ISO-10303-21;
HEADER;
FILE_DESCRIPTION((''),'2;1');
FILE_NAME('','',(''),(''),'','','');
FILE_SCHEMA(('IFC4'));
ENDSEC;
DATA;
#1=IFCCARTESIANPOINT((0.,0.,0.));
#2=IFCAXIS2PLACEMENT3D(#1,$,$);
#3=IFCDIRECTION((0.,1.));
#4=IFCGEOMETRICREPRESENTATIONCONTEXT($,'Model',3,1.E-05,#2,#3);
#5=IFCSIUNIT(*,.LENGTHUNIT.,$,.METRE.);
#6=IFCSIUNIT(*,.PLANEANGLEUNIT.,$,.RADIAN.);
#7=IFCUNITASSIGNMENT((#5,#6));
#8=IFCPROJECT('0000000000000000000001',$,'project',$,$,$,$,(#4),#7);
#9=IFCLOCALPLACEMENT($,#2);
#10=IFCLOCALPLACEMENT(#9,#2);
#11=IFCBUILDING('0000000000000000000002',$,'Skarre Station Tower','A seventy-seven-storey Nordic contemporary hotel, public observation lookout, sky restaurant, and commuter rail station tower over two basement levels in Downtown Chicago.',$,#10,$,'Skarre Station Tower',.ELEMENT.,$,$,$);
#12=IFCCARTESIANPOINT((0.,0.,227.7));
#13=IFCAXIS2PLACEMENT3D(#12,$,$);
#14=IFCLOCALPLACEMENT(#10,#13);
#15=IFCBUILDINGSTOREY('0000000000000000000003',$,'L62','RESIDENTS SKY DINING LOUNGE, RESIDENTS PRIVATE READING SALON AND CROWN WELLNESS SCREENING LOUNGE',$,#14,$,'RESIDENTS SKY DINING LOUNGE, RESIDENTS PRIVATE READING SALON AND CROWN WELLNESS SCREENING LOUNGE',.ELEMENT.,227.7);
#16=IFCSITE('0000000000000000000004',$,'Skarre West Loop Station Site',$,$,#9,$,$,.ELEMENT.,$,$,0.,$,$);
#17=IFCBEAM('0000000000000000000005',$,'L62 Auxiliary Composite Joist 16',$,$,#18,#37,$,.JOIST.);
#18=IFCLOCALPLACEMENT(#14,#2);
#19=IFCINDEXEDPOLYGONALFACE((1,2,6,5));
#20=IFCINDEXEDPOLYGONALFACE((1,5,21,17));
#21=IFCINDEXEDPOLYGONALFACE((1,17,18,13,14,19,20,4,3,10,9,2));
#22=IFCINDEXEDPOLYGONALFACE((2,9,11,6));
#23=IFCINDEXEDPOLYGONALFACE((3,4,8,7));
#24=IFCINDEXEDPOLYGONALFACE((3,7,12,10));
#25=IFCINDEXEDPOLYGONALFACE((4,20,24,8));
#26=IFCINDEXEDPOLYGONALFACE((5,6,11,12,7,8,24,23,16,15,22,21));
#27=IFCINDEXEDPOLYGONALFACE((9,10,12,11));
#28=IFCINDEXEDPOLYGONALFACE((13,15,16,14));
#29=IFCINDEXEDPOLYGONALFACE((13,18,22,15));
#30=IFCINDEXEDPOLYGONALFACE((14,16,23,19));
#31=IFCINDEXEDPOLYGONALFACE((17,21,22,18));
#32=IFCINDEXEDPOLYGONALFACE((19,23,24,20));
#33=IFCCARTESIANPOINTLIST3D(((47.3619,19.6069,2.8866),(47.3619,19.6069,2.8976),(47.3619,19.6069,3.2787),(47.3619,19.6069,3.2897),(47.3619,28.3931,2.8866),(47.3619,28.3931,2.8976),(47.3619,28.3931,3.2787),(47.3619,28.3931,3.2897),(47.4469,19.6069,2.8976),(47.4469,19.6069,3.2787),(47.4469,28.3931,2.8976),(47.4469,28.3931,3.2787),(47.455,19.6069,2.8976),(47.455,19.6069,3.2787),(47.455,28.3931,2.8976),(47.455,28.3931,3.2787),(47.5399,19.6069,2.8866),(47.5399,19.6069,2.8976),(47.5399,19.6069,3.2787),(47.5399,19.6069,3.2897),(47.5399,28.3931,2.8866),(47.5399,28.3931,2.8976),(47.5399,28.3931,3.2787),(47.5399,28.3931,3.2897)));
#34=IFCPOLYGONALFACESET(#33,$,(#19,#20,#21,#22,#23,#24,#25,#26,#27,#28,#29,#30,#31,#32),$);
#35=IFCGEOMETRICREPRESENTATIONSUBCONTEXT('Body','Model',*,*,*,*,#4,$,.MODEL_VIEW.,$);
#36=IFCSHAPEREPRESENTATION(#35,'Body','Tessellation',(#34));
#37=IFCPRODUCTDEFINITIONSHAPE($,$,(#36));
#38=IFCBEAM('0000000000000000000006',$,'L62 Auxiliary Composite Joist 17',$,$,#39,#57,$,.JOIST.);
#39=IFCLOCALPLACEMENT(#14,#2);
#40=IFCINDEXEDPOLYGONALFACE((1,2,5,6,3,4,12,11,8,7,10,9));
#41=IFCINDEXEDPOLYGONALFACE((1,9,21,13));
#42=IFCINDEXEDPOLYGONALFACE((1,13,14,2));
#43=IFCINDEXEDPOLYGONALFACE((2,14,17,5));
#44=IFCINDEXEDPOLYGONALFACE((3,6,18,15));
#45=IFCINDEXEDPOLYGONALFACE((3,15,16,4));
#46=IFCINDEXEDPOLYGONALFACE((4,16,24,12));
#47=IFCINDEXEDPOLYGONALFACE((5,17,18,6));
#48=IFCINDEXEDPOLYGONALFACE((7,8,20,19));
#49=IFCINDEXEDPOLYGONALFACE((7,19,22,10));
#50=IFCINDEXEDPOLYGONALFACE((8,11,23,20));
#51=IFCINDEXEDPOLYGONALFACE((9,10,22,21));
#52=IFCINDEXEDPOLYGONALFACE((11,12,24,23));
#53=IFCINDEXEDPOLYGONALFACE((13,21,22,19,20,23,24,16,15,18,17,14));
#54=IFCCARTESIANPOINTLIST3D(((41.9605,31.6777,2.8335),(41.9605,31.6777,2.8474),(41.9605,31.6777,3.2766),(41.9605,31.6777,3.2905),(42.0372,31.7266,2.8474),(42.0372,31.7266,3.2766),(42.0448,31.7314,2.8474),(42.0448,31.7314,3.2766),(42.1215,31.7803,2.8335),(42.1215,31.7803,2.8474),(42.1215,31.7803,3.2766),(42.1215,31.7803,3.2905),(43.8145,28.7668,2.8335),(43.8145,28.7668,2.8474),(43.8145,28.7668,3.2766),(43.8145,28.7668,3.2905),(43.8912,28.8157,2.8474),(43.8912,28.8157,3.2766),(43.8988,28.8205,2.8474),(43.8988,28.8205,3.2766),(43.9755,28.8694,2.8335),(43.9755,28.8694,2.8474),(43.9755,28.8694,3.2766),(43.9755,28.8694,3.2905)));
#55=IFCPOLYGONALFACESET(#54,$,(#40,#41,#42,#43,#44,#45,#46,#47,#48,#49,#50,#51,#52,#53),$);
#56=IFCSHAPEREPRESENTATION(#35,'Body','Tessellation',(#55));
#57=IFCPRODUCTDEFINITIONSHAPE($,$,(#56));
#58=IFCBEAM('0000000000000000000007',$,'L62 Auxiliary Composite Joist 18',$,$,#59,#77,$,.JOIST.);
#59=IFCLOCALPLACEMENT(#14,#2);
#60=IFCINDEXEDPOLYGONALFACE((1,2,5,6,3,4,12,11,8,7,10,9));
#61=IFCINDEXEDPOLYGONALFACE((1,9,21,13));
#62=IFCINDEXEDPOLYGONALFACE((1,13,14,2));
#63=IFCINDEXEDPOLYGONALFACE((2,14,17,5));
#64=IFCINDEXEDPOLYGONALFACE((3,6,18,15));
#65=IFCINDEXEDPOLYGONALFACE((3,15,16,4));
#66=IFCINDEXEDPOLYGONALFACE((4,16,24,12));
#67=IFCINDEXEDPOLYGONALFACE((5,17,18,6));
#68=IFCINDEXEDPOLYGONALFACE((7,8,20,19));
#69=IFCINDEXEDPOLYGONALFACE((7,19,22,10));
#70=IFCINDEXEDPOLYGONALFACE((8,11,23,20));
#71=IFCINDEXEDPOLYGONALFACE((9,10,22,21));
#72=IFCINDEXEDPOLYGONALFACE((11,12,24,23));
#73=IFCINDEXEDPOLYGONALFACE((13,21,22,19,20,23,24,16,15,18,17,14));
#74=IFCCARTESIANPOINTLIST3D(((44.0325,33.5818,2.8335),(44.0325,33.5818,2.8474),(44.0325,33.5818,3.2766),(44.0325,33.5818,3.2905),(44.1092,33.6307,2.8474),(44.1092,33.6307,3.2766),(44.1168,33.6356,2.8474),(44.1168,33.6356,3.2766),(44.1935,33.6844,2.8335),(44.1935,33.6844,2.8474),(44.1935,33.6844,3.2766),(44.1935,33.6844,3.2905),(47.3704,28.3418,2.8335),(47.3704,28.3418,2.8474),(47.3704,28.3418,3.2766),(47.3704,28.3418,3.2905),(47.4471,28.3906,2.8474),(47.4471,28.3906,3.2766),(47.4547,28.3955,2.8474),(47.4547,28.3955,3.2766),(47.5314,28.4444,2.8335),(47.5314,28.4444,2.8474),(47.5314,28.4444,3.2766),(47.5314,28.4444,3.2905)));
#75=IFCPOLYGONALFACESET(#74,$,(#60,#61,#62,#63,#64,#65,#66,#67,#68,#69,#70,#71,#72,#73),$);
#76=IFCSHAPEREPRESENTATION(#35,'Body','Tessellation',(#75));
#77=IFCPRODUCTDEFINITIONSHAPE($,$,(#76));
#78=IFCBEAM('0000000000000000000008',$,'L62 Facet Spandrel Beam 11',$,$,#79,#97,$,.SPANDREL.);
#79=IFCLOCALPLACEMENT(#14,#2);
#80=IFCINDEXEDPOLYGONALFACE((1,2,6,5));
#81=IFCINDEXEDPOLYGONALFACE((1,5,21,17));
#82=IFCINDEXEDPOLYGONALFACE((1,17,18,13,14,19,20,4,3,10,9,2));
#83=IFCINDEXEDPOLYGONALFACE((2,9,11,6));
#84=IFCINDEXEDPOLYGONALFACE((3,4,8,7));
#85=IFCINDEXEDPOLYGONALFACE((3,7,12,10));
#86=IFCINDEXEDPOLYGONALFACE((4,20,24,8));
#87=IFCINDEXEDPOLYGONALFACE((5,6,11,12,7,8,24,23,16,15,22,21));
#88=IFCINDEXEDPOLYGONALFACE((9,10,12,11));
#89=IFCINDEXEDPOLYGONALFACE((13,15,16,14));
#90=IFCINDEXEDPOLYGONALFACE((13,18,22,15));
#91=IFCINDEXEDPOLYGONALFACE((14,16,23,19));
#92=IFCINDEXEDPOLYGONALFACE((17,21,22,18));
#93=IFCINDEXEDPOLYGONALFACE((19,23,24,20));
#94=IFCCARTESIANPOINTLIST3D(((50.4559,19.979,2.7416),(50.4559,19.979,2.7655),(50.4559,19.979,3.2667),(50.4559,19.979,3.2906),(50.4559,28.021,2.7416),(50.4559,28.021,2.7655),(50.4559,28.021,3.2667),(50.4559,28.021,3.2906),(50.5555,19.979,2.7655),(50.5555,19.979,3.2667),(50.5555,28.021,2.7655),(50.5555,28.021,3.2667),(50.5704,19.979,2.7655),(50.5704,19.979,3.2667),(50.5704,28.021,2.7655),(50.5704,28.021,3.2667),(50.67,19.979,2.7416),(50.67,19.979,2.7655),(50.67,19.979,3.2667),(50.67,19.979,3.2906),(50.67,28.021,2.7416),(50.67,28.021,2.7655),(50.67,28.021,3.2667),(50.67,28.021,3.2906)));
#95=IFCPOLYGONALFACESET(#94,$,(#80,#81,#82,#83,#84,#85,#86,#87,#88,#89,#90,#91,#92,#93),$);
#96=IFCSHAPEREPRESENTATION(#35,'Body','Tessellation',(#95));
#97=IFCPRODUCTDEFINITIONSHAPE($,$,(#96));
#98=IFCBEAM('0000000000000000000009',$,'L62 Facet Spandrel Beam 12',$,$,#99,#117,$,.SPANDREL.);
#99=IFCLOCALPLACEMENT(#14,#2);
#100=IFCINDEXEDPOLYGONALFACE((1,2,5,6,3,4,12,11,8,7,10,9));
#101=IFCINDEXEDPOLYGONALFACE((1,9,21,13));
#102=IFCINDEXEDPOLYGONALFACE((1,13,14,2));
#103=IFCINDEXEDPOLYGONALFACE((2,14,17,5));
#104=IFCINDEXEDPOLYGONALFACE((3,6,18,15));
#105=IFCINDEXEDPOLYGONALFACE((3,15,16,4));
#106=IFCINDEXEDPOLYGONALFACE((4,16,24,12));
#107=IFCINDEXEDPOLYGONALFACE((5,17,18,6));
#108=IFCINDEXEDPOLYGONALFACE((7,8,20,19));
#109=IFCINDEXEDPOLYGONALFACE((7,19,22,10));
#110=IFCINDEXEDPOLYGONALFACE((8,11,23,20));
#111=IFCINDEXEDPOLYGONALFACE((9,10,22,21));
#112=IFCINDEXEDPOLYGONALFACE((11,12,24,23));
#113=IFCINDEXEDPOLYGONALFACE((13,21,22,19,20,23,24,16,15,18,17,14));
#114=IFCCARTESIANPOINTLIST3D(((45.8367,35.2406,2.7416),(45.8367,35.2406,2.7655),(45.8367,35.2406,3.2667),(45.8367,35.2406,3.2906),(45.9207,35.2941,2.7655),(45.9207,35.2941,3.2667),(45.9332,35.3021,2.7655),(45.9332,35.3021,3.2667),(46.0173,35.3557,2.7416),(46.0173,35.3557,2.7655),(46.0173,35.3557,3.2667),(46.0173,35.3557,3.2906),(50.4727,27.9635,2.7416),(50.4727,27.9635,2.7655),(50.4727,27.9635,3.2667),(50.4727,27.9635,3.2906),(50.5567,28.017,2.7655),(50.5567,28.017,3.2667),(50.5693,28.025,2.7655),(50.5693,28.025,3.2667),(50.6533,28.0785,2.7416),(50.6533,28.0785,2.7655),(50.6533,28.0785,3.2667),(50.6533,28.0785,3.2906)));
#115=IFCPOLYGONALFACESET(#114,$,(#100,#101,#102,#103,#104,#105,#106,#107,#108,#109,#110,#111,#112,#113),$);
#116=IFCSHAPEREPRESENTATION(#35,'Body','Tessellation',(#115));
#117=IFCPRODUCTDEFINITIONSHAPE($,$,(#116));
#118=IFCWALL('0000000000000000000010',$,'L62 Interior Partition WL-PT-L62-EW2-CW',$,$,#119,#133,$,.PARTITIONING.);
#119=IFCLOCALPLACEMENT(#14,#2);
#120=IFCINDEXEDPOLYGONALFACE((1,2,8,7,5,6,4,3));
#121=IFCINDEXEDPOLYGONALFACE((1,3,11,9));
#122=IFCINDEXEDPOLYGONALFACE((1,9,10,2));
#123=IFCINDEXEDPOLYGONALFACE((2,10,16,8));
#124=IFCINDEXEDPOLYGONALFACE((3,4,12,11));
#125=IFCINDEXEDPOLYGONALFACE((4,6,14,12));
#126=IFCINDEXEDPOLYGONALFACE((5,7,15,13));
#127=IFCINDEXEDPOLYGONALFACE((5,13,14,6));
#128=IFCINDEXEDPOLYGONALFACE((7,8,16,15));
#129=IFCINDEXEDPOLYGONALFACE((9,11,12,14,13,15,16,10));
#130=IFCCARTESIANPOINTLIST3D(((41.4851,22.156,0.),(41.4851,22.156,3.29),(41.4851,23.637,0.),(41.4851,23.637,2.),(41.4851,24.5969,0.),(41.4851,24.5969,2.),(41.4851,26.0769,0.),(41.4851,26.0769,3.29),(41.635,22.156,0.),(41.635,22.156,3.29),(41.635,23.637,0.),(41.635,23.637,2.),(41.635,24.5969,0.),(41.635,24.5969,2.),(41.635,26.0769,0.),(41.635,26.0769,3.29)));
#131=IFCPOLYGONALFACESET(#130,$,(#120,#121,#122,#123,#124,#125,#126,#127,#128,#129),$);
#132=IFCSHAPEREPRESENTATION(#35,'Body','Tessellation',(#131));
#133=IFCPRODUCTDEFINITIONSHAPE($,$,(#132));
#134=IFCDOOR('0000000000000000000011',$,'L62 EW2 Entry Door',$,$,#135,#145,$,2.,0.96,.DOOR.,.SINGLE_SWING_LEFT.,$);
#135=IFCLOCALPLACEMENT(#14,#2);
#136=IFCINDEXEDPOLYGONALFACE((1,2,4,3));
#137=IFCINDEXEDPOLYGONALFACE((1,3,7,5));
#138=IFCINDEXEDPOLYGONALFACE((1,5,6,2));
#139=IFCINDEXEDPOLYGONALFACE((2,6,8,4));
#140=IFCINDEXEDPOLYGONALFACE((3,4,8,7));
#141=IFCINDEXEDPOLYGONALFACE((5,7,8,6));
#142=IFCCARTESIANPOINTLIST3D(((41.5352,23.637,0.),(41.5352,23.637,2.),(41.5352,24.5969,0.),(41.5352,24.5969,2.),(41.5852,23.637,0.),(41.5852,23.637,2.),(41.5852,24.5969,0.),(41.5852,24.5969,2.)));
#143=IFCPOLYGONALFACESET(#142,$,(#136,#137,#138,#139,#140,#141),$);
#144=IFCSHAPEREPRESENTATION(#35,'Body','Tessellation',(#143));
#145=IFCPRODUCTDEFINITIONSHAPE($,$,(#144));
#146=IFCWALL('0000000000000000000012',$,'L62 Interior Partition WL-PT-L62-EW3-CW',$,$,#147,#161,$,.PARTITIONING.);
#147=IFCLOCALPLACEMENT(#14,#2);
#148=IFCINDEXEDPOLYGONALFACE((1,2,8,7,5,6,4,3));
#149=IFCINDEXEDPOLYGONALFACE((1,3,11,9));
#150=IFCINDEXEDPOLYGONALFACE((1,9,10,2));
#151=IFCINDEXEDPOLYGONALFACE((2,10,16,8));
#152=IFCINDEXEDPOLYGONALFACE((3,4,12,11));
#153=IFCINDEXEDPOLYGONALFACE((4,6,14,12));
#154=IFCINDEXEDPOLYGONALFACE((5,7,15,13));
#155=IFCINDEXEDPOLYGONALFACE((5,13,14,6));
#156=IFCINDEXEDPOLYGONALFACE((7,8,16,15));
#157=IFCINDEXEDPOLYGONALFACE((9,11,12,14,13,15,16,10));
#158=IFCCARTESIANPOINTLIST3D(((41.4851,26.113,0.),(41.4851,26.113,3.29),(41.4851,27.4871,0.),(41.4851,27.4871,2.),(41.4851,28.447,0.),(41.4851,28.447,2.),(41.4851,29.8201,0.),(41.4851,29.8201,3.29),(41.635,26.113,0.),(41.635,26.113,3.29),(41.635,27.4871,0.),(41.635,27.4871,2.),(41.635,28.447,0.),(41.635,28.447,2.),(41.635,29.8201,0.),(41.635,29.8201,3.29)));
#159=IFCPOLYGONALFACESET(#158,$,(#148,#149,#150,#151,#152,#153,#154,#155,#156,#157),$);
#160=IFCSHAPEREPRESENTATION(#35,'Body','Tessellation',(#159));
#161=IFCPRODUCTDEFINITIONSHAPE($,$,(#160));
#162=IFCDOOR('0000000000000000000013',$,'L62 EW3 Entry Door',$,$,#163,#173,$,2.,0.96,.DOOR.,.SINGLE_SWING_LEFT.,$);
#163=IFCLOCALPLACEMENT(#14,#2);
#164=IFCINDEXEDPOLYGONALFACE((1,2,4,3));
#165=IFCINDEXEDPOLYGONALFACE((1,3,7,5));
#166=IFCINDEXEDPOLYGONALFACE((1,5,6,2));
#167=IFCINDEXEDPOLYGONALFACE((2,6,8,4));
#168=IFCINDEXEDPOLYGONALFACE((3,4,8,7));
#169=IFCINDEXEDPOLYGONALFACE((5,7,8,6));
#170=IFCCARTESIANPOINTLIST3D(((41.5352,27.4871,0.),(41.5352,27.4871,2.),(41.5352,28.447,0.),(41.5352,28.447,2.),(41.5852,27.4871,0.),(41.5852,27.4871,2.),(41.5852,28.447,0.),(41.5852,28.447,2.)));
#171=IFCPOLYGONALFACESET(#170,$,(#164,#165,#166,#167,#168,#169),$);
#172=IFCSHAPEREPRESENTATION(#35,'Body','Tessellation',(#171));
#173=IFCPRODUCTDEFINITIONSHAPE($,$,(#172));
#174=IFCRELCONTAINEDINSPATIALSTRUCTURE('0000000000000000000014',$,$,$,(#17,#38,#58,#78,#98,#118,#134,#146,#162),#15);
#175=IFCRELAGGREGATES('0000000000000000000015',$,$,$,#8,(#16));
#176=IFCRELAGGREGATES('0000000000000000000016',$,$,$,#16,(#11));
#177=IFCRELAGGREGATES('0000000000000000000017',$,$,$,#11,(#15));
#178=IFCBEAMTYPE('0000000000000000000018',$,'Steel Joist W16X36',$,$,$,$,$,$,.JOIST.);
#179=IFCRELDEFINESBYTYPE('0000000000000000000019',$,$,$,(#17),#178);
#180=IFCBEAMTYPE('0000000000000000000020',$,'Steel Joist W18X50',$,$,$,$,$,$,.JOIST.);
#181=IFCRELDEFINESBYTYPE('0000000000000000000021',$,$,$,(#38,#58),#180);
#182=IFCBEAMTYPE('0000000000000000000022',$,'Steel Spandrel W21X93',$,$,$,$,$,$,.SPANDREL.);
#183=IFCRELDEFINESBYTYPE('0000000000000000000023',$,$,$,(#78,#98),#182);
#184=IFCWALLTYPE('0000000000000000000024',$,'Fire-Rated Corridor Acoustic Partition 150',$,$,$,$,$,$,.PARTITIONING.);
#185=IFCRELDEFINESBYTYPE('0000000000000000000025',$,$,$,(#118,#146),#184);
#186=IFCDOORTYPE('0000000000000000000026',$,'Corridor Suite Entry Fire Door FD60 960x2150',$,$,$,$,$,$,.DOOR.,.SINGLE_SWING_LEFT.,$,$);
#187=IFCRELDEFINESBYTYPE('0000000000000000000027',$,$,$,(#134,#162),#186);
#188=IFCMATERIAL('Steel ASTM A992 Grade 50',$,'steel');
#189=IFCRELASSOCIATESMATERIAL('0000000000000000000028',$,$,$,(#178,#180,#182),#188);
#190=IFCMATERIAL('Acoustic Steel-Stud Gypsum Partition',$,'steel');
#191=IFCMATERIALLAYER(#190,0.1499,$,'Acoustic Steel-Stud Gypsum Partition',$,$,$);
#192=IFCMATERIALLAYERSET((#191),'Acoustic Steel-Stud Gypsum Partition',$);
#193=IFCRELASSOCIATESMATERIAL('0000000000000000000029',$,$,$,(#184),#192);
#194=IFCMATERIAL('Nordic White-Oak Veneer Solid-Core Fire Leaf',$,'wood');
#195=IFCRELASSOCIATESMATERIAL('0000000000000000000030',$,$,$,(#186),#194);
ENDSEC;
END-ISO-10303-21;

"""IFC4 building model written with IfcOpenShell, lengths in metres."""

from ifc_helpers import new_model, si_unit, direction, frame, frame_2d, origin, origin_2d, place, context, subcontext, project, spatial, rectangle, i_section, extrude, material, layer, layer_set, material_profile, profile_set, type_object, element, fill, save


model = new_model("IFC4")

# Units and contexts
model_context = context("Model", 3, precision=1e-05, world=origin(), true_north=direction((0.0, 1.0)))
body_context = subcontext(model_context, "Body", "Model", "MODEL_VIEW")
ifc_project = project(units=[si_unit("LENGTHUNIT", "METRE"), si_unit("PLANEANGLEUNIT", "RADIAN")], contexts=[model_context])

# Site, building, storey
site_placement = place(None, origin())
site = spatial("IfcSite", under=ifc_project, at=site_placement, Name="Skarre West Loop Station Site", CompositionType="ELEMENT", RefElevation=0.0)
building_placement = place(site_placement, origin())
building = spatial("IfcBuilding", under=site, at=building_placement, Name="Skarre Station Tower", Description="A seventy-seven-storey Nordic contemporary hotel, public observation lookout, sky restaurant, and commuter rail station tower over two basement levels in Downtown Chicago.", LongName="Skarre Station Tower", CompositionType="ELEMENT")
storey_placement = place(building_placement, frame((0.0, 0.0, 227.7)))
storey = spatial("IfcBuildingStorey", under=building, at=storey_placement, Name="L62", Description="RESIDENTS SKY DINING LOUNGE, RESIDENTS PRIVATE READING SALON AND CROWN WELLNESS SCREENING LOUNGE", LongName="RESIDENTS SKY DINING LOUNGE, RESIDENTS PRIVATE READING SALON AND CROWN WELLNESS SCREENING LOUNGE", CompositionType="ELEMENT", Elevation=227.7)

# Beams
ifc_material_1 = material(Name="Steel ASTM A992 Grade 50", Category="steel")
ifc_material_profile_1 = material_profile(ifc_material_1, i_section(OverallWidth=0.178, OverallDepth=0.4031, WebThickness=0.0081, FlangeThickness=0.011, at=origin_2d()), Name="Steel ASTM A992 Grade 50")
ifc_profile_set_1 = profile_set([ifc_material_profile_1], Name="Steel ASTM A992 Grade 50")
beam_type_1 = type_object("IfcBeamType", Name="Steel Joist W16X36", PredefinedType="JOIST", material=ifc_profile_set_1)
beam_1_placement = place(storey_placement, frame((47.4509, 19.6069, 3.0881), z_axis=(0.0, 1.0, 0.0), x_axis=(-1.0, 0.0, 0.0)))
element("IfcBeam", 1, at=beam_1_placement, inside=storey, type_object=beam_type_1, Name="L62 Auxiliary Composite Joist 16", PredefinedType="JOIST", context=body_context, shape_type="SweptSolid", body=[
    extrude(i_section(OverallWidth=0.178, OverallDepth=0.4031, WebThickness=0.0081, FlangeThickness=0.011, at=origin_2d()), origin(), (0.0, 0.0, 1.0), 8.7861),
])
ifc_material_profile_2 = material_profile(ifc_material_1, i_section(OverallWidth=0.1909, OverallDepth=0.457, WebThickness=0.009, FlangeThickness=0.0139, at=origin_2d()), Name="Steel ASTM A992 Grade 50")
ifc_profile_set_2 = profile_set([ifc_material_profile_2], Name="Steel ASTM A992 Grade 50")
beam_type_2 = type_object("IfcBeamType", Name="Steel Joist W18X50", PredefinedType="JOIST", material=ifc_profile_set_2)
beam_2_placement = place(storey_placement, frame((43.895, 28.8181, 3.062), z_axis=(-0.53721, 0.843449, 0.0), x_axis=(-0.843449, -0.53721, 0.0)))
element("IfcBeam", 2, at=beam_2_placement, inside=storey, type_object=beam_type_2, Name="L62 Auxiliary Composite Joist 17", PredefinedType="JOIST", context=body_context, shape_type="SweptSolid", body=[
    extrude(i_section(OverallWidth=0.1909, OverallDepth=0.457, WebThickness=0.009, FlangeThickness=0.0139, at=origin_2d()), origin(), (0.0, 0.0, 1.0), 3.4512),
])
beam_3_placement = place(storey_placement, frame((47.4509, 28.3931, 3.062), z_axis=(-0.537259, 0.843417, 0.0), x_axis=(-0.843417, -0.537259, 0.0)))
element("IfcBeam", 3, at=beam_3_placement, inside=storey, type_object=beam_type_2, Name="L62 Auxiliary Composite Joist 18", PredefinedType="JOIST", context=body_context, shape_type="SweptSolid", body=[
    extrude(i_section(OverallWidth=0.1909, OverallDepth=0.457, WebThickness=0.009, FlangeThickness=0.0139, at=origin_2d()), origin(), (0.0, 0.0, 1.0), 6.2129),
])
ifc_material_profile_3 = material_profile(ifc_material_1, i_section(OverallWidth=0.2141, OverallDepth=0.5491, WebThickness=0.0149, FlangeThickness=0.0239, at=origin_2d()), Name="Steel ASTM A992 Grade 50")
ifc_profile_set_3 = profile_set([ifc_material_profile_3], Name="Steel ASTM A992 Grade 50")
beam_type_3 = type_object("IfcBeamType", Name="Steel Spandrel W21X93", PredefinedType="SPANDREL", material=ifc_profile_set_3)
beam_4_placement = place(storey_placement, frame((50.563, 19.979, 3.0161), z_axis=(0.0, 1.0, 0.0), x_axis=(-1.0, 0.0, 0.0)))
element("IfcBeam", 4, at=beam_4_placement, inside=storey, type_object=beam_type_3, Name="L62 Facet Spandrel Beam 11", PredefinedType="SPANDREL", context=body_context, shape_type="SweptSolid", body=[
    extrude(i_section(OverallWidth=0.2141, OverallDepth=0.5491, WebThickness=0.0149, FlangeThickness=0.0239, at=origin_2d()), origin(), (0.0, 0.0, 1.0), 8.042),
])
beam_5_placement = place(storey_placement, frame((50.563, 28.021, 3.0161), z_axis=(-0.537297, 0.843393, 0.0), x_axis=(-0.843393, -0.537297, 0.0)))
element("IfcBeam", 5, at=beam_5_placement, inside=storey, type_object=beam_type_3, Name="L62 Facet Spandrel Beam 12", PredefinedType="SPANDREL", context=body_context, shape_type="SweptSolid", body=[
    extrude(i_section(OverallWidth=0.2141, OverallDepth=0.5491, WebThickness=0.0149, FlangeThickness=0.0239, at=origin_2d()), origin(), (0.0, 0.0, 1.0), 8.6284),
])

# Walls, openings, doors
ifc_material_2 = material(Name="Acoustic Steel-Stud Gypsum Partition", Category="steel")
ifc_layer_1 = layer(ifc_material_2, 0.1499, Name="Acoustic Steel-Stud Gypsum Partition")
ifc_layer_set_1 = layer_set([ifc_layer_1], Name="Acoustic Steel-Stud Gypsum Partition")
wall_type_1 = type_object("IfcWallType", Name="Fire-Rated Corridor Acoustic Partition 150", PredefinedType="PARTITIONING", material=ifc_layer_set_1)
wall_1_placement = place(storey_placement, frame((41.5601, 22.156, 0.0), z_axis=(0.0, 0.0, 1.0), x_axis=(0.0, 1.0, 0.0)))
wall_1 = element("IfcWall", 6, at=wall_1_placement, inside=storey, type_object=wall_type_1, Name="L62 Interior Partition WL-PT-L62-EW2-CW", PredefinedType="PARTITIONING", context=body_context, shape_type="SweptSolid", body=[
    extrude(rectangle(XDim=3.9209, YDim=0.1499, at=frame_2d((1.9604, 0.0))), origin(), (0.0, 0.0, 1.0), 3.29),
])
opening_1_placement = place(wall_1_placement, frame((1.481, 0.0, 0.0)))
opening_1 = element("IfcOpeningElement", 7, at=opening_1_placement, cuts=wall_1, PredefinedType="OPENING", context=body_context, shape_type="SweptSolid", body=[
    extrude(rectangle(XDim=0.96, YDim=2.0, at=frame_2d((0.48, 1.0))), frame((0.0, 0.085, 0.0), z_axis=(0.0, -1.0, 0.0), x_axis=(1.0, 0.0, 0.0)), (0.0, 0.0, 1.0), 0.1699),
])
ifc_material_3 = material(Name="Nordic White-Oak Veneer Solid-Core Fire Leaf", Category="wood")
door_type = type_object("IfcDoorType", Name="Corridor Suite Entry Fire Door FD60 960x2150", OperationType="SINGLE_SWING_LEFT", PredefinedType="DOOR", material=ifc_material_3)
door_1_placement = place(opening_1_placement, origin())
door_1 = element("IfcDoor", 8, at=door_1_placement, inside=storey, type_object=door_type, Name="L62 EW2 Entry Door", OperationType="SINGLE_SWING_LEFT", OverallHeight=2.0, OverallWidth=0.96, PredefinedType="DOOR", context=body_context, shape_type="SweptSolid", body=[
    extrude(rectangle(XDim=0.96, YDim=2.0, at=frame_2d((0.48, 1.0))), frame((0.0, 0.0249, 0.0), z_axis=(0.0, -1.0, 0.0), x_axis=(1.0, 0.0, 0.0)), (0.0, 0.0, 1.0), 0.05),
])
fill(opening_1, door_1)
wall_2_placement = place(storey_placement, frame((41.5601, 26.113, 0.0), z_axis=(0.0, 0.0, 1.0), x_axis=(0.0, 1.0, 0.0)))
wall_2 = element("IfcWall", 9, at=wall_2_placement, inside=storey, type_object=wall_type_1, Name="L62 Interior Partition WL-PT-L62-EW3-CW", PredefinedType="PARTITIONING", context=body_context, shape_type="SweptSolid", body=[
    extrude(rectangle(XDim=3.707, YDim=0.1499, at=frame_2d((1.8535, 0.0))), origin(), (0.0, 0.0, 1.0), 3.29),
])
opening_2_placement = place(wall_2_placement, frame((1.374, 0.0, 0.0)))
opening_2 = element("IfcOpeningElement", 10, at=opening_2_placement, cuts=wall_2, PredefinedType="OPENING", context=body_context, shape_type="SweptSolid", body=[
    extrude(rectangle(XDim=0.96, YDim=2.0, at=frame_2d((0.48, 1.0))), frame((0.0, 0.085, 0.0), z_axis=(0.0, -1.0, 0.0), x_axis=(1.0, 0.0, 0.0)), (0.0, 0.0, 1.0), 0.1699),
])
door_2_placement = place(opening_2_placement, origin())
door_2 = element("IfcDoor", 11, at=door_2_placement, inside=storey, type_object=door_type, Name="L62 EW3 Entry Door", OperationType="SINGLE_SWING_LEFT", OverallHeight=2.0, OverallWidth=0.96, PredefinedType="DOOR", context=body_context, shape_type="SweptSolid", body=[
    extrude(rectangle(XDim=0.96, YDim=2.0, at=frame_2d((0.48, 1.0))), frame((0.0, 0.0249, 0.0), z_axis=(0.0, -1.0, 0.0), x_axis=(1.0, 0.0, 0.0)), (0.0, 0.0, 1.0), 0.05),
])
fill(opening_2, door_2)

save(model, "model.ifc")
